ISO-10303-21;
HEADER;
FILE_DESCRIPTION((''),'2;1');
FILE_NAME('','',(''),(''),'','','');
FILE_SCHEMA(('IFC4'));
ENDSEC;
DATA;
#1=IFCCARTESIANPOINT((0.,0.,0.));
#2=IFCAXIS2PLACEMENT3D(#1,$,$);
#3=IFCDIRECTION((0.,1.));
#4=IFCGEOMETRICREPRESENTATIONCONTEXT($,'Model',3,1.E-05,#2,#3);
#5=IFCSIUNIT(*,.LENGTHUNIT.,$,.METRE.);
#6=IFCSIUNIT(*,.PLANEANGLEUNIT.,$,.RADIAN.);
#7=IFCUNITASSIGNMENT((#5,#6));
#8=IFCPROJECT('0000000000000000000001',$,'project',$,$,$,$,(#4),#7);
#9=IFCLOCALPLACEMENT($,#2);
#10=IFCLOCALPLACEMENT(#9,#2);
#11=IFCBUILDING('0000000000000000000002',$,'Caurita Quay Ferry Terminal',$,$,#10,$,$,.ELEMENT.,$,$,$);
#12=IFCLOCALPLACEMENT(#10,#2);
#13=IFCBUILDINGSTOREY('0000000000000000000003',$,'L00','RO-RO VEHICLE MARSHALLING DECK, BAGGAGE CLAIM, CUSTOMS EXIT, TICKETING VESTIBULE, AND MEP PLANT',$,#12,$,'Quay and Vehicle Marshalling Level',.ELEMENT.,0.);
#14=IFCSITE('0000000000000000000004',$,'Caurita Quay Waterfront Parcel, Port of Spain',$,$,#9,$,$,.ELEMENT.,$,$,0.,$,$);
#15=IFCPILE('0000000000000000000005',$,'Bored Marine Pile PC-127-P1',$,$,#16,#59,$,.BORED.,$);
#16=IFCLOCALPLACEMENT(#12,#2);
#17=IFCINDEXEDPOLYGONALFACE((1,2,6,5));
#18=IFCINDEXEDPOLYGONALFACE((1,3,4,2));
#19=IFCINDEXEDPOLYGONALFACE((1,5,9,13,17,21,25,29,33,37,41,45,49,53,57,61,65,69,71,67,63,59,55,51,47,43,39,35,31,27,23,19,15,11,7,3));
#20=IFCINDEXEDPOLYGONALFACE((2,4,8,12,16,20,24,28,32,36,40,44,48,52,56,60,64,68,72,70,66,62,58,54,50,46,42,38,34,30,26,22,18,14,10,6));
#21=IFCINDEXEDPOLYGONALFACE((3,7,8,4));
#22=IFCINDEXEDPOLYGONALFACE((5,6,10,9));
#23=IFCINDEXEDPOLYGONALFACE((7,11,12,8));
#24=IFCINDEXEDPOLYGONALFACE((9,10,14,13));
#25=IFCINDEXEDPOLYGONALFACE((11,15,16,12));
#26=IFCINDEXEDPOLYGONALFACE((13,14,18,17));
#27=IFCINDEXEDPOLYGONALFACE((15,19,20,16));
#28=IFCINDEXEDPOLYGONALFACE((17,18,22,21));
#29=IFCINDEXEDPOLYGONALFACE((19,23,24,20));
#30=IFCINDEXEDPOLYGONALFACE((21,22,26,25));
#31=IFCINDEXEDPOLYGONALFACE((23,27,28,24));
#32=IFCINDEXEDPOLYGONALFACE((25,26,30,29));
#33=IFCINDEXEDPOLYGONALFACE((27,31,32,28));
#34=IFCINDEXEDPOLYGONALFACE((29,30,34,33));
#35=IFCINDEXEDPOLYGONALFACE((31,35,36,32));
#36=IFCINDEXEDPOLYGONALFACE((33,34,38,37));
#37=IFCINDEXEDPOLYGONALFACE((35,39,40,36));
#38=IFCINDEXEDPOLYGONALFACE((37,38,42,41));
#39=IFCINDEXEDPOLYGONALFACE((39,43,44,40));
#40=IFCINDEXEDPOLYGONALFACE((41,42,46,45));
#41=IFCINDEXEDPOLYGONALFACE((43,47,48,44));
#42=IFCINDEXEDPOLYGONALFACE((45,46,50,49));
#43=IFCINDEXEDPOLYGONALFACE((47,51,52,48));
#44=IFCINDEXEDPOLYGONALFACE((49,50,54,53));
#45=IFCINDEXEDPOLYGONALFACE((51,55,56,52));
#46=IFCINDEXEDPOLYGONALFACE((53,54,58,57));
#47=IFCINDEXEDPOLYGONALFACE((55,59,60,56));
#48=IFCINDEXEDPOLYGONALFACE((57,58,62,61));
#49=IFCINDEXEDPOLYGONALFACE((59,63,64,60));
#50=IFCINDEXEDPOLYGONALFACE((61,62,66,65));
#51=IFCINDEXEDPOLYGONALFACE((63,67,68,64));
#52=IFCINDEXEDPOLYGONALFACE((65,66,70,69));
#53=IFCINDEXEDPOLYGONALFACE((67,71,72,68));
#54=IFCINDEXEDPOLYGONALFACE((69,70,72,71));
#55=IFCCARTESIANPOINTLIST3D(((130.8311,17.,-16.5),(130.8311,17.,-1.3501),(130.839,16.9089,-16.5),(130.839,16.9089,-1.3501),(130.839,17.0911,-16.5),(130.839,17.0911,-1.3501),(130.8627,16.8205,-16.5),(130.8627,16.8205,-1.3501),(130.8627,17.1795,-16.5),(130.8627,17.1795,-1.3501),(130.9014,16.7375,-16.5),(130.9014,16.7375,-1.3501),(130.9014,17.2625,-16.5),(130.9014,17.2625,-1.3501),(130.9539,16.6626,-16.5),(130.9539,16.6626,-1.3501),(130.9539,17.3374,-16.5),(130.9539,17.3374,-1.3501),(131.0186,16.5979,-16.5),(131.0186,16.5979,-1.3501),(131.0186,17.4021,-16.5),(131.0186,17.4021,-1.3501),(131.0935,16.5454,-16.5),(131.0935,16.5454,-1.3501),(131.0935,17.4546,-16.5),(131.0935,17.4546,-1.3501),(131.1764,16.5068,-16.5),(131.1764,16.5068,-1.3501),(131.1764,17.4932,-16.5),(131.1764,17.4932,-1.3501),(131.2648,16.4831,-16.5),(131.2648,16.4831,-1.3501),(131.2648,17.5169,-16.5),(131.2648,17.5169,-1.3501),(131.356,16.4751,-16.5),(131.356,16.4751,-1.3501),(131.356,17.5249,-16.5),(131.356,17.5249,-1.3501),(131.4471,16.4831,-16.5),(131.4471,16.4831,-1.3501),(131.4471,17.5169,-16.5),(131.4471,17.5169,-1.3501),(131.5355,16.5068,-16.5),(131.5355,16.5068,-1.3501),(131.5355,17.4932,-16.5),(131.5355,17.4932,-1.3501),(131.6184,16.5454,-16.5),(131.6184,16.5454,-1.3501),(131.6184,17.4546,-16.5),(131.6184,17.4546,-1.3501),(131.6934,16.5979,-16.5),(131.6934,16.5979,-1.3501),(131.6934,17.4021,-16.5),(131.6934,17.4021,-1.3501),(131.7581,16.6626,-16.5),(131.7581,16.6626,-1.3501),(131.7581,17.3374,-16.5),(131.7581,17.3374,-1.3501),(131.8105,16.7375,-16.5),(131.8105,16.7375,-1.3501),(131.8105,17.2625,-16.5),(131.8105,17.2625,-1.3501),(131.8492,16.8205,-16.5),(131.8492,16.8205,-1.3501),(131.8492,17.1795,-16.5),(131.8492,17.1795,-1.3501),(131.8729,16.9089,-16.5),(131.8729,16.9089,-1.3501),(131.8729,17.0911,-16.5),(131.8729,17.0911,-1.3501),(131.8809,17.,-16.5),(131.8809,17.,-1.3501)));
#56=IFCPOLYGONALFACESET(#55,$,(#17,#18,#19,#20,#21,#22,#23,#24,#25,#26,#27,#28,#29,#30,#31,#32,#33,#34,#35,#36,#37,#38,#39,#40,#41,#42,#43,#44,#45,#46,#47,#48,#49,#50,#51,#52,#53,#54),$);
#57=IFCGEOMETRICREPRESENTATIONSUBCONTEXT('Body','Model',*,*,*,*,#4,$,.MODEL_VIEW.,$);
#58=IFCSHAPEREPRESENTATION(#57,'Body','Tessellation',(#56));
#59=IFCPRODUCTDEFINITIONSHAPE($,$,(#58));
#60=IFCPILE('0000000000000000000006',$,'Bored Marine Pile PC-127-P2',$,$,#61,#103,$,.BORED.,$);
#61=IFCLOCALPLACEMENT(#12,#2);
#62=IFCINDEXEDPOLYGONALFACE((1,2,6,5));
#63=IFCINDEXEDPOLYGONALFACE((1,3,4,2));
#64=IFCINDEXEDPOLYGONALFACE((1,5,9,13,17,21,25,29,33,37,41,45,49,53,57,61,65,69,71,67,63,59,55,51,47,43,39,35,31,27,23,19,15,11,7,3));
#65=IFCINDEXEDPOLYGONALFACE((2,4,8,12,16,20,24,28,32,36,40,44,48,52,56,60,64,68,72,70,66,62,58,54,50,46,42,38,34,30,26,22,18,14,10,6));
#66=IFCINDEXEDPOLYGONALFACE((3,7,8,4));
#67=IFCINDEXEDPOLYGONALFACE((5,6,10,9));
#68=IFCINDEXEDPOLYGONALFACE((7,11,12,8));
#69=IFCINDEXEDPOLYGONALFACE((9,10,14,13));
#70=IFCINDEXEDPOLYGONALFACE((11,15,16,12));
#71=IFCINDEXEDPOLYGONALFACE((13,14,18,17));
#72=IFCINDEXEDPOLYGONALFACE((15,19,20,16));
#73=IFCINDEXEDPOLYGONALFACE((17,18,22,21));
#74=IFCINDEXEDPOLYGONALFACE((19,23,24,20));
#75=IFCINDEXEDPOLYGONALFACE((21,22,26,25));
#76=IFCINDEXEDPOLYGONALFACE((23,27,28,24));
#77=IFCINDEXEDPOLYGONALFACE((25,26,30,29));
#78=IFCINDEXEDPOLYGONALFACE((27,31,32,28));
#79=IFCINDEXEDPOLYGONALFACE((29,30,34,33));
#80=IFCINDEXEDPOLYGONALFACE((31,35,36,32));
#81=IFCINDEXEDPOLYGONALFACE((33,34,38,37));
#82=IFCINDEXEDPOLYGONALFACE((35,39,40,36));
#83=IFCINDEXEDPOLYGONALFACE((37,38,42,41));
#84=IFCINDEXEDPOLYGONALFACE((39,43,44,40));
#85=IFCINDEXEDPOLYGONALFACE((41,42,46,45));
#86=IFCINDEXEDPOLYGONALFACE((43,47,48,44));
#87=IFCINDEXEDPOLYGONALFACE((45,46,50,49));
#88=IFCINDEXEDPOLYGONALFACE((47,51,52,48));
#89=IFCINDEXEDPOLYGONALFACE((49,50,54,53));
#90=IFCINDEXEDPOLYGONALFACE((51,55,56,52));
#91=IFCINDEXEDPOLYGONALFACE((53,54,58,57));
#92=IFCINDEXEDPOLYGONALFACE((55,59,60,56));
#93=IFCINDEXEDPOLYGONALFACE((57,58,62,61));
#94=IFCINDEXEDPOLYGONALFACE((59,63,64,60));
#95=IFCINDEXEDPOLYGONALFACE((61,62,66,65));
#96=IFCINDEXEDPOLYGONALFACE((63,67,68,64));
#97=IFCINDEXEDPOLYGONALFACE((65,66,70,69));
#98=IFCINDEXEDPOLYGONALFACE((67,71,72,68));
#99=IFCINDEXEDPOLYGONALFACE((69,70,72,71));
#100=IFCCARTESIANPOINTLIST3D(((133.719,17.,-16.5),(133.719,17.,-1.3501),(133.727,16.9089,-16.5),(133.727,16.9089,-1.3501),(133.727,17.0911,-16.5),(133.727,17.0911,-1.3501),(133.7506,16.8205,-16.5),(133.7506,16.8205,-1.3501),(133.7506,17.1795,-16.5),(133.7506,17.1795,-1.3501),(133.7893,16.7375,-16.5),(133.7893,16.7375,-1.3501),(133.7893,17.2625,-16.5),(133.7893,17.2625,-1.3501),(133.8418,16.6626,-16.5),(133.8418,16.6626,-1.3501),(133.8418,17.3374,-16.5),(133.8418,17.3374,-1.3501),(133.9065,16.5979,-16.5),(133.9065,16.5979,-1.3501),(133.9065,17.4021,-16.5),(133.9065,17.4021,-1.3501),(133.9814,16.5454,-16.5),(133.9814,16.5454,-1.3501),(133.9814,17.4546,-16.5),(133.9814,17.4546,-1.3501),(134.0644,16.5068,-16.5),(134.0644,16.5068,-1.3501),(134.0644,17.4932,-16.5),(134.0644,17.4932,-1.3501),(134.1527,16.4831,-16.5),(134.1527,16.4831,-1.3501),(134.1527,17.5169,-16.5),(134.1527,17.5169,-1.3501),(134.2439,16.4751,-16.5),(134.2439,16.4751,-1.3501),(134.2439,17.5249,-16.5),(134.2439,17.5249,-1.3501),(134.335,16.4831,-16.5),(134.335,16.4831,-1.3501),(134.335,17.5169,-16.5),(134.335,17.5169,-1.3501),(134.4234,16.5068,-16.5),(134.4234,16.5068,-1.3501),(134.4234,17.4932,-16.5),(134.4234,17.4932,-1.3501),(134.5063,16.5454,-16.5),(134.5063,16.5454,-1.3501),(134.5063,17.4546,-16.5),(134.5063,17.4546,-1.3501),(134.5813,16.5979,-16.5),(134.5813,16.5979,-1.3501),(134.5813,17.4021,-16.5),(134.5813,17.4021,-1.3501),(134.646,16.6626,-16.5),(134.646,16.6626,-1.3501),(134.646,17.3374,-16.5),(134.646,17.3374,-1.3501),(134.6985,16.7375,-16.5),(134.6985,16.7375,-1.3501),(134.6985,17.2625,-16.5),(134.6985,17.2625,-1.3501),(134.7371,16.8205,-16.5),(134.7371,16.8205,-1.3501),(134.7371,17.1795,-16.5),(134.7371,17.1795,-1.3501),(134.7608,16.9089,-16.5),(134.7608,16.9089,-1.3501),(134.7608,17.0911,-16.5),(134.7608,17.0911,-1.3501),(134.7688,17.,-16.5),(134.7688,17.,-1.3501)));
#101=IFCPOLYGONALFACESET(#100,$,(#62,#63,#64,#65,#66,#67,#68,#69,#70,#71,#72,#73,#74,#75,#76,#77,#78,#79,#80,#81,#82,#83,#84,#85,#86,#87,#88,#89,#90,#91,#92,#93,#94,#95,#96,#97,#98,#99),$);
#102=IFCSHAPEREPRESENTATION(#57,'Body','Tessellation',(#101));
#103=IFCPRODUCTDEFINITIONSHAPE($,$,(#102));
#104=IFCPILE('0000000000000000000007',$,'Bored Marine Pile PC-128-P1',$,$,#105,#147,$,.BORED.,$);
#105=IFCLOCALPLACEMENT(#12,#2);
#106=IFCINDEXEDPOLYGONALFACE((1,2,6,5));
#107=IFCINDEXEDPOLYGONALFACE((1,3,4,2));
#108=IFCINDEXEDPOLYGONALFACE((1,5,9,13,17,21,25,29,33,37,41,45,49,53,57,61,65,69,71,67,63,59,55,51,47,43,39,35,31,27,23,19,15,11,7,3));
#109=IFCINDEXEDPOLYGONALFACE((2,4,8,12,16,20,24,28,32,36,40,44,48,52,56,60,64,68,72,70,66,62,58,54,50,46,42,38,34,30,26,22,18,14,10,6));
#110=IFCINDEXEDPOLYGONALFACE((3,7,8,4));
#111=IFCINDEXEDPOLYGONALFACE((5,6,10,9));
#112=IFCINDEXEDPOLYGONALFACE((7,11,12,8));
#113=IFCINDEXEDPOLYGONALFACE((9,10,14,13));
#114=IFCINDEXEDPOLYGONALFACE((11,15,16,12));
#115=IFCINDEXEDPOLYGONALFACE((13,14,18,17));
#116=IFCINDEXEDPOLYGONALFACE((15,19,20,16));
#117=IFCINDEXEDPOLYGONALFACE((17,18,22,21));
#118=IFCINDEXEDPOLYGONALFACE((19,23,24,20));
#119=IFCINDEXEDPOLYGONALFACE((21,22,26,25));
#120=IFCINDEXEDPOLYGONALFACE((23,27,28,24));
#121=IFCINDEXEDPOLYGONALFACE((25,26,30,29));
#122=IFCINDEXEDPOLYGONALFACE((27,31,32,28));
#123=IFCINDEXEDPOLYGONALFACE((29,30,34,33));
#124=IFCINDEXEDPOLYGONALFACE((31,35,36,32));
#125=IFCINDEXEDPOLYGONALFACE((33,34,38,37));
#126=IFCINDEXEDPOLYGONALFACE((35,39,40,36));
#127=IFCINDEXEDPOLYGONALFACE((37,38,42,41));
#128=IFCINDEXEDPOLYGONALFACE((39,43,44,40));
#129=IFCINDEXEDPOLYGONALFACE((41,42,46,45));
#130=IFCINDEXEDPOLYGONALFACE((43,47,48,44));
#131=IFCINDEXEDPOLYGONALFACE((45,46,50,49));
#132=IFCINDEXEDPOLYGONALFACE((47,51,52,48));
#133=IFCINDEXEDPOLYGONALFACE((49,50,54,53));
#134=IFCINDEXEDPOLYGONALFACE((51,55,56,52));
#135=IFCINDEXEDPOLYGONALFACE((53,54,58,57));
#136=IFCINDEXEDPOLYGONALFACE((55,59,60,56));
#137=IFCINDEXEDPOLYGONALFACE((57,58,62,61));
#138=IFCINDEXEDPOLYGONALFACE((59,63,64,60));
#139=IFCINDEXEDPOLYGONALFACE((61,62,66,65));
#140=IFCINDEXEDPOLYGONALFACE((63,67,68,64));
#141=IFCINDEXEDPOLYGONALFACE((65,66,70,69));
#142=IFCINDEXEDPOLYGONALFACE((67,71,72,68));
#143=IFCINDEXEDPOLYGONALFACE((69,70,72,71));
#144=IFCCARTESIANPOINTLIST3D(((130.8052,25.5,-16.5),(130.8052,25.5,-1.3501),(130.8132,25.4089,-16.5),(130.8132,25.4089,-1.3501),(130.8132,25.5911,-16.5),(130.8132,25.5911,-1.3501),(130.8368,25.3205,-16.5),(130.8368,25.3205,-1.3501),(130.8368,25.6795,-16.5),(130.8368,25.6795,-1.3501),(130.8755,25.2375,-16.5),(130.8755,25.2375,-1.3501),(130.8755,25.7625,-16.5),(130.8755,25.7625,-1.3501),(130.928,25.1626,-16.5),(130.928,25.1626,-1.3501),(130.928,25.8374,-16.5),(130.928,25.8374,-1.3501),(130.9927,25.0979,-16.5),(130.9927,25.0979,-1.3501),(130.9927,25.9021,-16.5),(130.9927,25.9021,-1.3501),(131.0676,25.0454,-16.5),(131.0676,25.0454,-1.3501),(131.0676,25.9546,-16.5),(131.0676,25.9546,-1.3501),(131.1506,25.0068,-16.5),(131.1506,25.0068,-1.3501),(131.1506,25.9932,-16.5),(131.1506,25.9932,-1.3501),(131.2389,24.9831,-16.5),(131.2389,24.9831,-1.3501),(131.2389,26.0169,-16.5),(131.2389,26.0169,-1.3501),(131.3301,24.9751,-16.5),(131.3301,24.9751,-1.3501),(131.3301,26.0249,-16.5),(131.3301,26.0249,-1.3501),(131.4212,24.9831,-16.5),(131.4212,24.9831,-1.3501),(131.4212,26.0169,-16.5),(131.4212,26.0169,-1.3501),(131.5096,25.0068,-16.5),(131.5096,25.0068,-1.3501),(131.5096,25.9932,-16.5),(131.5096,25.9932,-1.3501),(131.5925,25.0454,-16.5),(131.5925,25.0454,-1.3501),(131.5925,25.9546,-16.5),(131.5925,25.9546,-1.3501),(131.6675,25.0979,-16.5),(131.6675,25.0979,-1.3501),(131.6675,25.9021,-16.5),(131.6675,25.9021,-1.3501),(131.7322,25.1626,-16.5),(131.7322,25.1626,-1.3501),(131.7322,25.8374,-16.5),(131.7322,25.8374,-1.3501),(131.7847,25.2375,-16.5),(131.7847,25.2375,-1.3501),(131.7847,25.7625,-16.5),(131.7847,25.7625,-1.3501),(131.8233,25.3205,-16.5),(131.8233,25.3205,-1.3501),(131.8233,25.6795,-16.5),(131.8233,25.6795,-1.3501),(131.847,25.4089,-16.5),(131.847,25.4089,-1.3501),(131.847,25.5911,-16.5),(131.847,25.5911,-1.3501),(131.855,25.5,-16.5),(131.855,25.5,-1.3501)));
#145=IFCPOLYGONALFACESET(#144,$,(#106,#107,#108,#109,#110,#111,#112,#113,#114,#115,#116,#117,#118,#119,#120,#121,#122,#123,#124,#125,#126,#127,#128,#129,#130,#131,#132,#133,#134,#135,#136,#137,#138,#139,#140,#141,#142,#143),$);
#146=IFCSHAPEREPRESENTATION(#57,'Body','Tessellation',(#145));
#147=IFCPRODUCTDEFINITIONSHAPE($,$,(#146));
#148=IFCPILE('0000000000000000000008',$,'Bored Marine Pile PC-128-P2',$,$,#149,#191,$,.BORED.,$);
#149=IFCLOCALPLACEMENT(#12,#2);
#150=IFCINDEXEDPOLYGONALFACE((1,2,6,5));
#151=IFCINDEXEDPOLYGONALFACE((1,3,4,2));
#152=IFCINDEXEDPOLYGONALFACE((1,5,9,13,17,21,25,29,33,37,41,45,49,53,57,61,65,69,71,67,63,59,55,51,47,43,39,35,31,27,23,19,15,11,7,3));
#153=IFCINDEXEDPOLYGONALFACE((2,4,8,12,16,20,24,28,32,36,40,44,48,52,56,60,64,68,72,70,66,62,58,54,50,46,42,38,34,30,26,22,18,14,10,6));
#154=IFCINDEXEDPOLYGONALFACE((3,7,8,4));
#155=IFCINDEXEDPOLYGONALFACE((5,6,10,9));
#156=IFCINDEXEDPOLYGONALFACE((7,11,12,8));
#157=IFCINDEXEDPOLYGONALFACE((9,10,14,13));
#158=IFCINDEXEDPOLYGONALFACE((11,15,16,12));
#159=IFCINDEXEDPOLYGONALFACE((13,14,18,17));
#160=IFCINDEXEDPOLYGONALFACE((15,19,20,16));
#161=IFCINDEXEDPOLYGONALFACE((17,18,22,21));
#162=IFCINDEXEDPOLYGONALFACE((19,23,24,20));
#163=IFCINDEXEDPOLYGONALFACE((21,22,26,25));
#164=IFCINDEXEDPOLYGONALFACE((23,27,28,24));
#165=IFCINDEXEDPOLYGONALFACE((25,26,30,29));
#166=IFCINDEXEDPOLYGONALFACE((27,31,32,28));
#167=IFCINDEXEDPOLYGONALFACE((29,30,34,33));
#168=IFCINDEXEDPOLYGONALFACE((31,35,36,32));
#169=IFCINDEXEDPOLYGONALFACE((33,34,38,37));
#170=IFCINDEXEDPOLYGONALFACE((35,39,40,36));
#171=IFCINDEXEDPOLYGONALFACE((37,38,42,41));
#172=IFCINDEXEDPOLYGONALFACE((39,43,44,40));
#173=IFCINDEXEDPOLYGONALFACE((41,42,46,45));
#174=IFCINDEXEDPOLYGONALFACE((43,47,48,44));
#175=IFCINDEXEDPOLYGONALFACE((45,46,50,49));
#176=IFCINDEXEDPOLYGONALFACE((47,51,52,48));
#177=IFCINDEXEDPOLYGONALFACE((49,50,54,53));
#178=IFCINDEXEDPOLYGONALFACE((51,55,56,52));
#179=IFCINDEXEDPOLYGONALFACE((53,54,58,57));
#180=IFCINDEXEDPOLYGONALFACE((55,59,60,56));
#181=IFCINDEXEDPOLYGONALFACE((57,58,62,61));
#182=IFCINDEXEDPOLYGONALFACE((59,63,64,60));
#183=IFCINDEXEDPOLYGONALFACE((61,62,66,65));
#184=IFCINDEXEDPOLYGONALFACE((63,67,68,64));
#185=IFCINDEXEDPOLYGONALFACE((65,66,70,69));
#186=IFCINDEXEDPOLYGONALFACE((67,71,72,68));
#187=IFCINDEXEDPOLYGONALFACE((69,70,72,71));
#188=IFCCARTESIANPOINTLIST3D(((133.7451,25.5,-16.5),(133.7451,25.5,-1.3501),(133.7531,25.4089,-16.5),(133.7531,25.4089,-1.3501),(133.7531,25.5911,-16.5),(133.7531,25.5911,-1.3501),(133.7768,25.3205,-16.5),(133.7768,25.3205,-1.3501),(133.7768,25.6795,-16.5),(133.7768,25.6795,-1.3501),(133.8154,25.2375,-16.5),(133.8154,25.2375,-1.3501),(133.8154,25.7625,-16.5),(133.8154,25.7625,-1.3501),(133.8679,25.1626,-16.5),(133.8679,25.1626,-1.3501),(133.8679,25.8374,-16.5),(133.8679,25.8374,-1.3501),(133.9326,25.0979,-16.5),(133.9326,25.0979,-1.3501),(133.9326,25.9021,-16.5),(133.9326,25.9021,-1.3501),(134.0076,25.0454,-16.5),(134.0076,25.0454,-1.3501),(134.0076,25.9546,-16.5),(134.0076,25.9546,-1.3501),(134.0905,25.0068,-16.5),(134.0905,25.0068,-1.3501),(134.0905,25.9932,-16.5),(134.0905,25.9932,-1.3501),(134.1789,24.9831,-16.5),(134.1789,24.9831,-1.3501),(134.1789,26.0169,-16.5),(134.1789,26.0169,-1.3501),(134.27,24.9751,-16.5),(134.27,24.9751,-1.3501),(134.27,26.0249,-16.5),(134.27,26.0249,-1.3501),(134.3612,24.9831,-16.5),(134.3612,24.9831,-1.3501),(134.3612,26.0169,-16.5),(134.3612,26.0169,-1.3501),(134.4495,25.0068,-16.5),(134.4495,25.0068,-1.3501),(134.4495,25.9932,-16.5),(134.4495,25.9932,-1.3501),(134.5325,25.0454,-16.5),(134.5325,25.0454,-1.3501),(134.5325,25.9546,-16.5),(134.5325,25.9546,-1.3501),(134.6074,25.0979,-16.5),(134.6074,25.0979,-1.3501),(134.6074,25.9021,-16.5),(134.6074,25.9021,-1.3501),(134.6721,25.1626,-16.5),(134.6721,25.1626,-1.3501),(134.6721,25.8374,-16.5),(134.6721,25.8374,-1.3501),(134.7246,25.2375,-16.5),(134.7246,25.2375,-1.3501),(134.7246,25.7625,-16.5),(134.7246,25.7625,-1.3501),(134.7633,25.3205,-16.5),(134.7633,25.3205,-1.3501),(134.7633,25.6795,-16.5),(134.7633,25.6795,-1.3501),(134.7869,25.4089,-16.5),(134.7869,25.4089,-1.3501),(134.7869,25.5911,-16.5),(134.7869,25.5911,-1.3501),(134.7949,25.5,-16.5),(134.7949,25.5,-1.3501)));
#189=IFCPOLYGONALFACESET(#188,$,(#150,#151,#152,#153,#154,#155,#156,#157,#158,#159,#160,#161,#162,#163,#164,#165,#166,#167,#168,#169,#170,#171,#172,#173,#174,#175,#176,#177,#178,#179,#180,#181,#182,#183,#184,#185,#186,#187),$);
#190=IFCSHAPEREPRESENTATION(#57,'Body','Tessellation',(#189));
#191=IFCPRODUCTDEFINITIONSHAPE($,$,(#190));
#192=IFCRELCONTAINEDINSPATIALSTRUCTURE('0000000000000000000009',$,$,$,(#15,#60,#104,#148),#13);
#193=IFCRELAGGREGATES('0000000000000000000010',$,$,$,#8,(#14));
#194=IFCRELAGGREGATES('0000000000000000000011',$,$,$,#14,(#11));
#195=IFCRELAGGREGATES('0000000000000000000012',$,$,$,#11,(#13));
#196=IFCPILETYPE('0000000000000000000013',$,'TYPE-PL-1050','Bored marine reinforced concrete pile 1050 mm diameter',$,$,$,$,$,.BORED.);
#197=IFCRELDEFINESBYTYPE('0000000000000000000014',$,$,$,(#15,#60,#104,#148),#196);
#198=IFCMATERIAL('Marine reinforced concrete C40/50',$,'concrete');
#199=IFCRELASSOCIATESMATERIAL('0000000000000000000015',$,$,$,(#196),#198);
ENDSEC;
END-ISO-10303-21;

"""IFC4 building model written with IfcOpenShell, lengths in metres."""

from ifc_helpers import new_model, si_unit, direction, frame, origin, origin_2d, place, context, subcontext, project, spatial, circle, extrude, material, material_profile, profile_set, type_object, element, save


model = new_model("IFC4")

# Units and contexts
model_context = context("Model", 3, precision=1e-05, world=origin(), true_north=direction((0.0, 1.0)))
body_context = subcontext(model_context, "Body", "Model", "MODEL_VIEW")
ifc_project = project(units=[si_unit("LENGTHUNIT", "METRE"), si_unit("PLANEANGLEUNIT", "RADIAN")], contexts=[model_context])

# Site, building, storey
site_placement = place(None, origin())
site = spatial("IfcSite", under=ifc_project, at=site_placement, Name="Caurita Quay Waterfront Parcel, Port of Spain", CompositionType="ELEMENT", RefElevation=0.0)
building_placement = place(site_placement, origin())
building = spatial("IfcBuilding", under=site, at=building_placement, Name="Caurita Quay Ferry Terminal", CompositionType="ELEMENT")
storey_placement = place(building_placement, origin())
storey = spatial("IfcBuildingStorey", under=building, at=storey_placement, Name="L00", Description="RO-RO VEHICLE MARSHALLING DECK, BAGGAGE CLAIM, CUSTOMS EXIT, TICKETING VESTIBULE, AND MEP PLANT", LongName="Quay and Vehicle Marshalling Level", CompositionType="ELEMENT", Elevation=0.0)

# Piles
ifc_material_1 = material(Name="Marine reinforced concrete C40/50", Category="concrete")
ifc_material_profile_1 = material_profile(ifc_material_1, circle(Radius=0.5249, at=origin_2d()), Name="PILE-D1050")
ifc_profile_set_1 = profile_set([ifc_material_profile_1], Name="Marine reinforced concrete C40/50")
pile_type = type_object("IfcPileType", Name="TYPE-PL-1050", Description="Bored marine reinforced concrete pile 1050 mm diameter", PredefinedType="BORED", material=ifc_profile_set_1)
for number, where, z_axis, x_axis, name in (
    (1, (131.356, 17.0, -1.3501), (0.0, 0.0, -1.0), (1.0, 0.0, 0.0), "Bored Marine Pile PC-127-P1"),
    (2, (134.2439, 17.0, -1.3501), (0.0, 0.0, -1.0), (1.0, 0.0, 0.0), "Bored Marine Pile PC-127-P2"),
    (3, (131.3301, 25.5, -1.3501), (0.0, 0.0, -1.0), (1.0, 0.0, 0.0), "Bored Marine Pile PC-128-P1"),
    (4, (134.27, 25.5, -1.3501), (0.0, 0.0, -1.0), (1.0, 0.0, 0.0), "Bored Marine Pile PC-128-P2"),
):
    element("IfcPile", number, at=place(storey_placement, frame(where, z_axis=z_axis, x_axis=x_axis)), inside=storey, type_object=pile_type, Name=name, PredefinedType="BORED", context=body_context, shape_type="SweptSolid", body=[
        extrude(circle(Radius=0.5249, at=origin_2d()), origin(), (0.0, 0.0, 1.0), 15.1499),
    ])

save(model, "model.ifc")
